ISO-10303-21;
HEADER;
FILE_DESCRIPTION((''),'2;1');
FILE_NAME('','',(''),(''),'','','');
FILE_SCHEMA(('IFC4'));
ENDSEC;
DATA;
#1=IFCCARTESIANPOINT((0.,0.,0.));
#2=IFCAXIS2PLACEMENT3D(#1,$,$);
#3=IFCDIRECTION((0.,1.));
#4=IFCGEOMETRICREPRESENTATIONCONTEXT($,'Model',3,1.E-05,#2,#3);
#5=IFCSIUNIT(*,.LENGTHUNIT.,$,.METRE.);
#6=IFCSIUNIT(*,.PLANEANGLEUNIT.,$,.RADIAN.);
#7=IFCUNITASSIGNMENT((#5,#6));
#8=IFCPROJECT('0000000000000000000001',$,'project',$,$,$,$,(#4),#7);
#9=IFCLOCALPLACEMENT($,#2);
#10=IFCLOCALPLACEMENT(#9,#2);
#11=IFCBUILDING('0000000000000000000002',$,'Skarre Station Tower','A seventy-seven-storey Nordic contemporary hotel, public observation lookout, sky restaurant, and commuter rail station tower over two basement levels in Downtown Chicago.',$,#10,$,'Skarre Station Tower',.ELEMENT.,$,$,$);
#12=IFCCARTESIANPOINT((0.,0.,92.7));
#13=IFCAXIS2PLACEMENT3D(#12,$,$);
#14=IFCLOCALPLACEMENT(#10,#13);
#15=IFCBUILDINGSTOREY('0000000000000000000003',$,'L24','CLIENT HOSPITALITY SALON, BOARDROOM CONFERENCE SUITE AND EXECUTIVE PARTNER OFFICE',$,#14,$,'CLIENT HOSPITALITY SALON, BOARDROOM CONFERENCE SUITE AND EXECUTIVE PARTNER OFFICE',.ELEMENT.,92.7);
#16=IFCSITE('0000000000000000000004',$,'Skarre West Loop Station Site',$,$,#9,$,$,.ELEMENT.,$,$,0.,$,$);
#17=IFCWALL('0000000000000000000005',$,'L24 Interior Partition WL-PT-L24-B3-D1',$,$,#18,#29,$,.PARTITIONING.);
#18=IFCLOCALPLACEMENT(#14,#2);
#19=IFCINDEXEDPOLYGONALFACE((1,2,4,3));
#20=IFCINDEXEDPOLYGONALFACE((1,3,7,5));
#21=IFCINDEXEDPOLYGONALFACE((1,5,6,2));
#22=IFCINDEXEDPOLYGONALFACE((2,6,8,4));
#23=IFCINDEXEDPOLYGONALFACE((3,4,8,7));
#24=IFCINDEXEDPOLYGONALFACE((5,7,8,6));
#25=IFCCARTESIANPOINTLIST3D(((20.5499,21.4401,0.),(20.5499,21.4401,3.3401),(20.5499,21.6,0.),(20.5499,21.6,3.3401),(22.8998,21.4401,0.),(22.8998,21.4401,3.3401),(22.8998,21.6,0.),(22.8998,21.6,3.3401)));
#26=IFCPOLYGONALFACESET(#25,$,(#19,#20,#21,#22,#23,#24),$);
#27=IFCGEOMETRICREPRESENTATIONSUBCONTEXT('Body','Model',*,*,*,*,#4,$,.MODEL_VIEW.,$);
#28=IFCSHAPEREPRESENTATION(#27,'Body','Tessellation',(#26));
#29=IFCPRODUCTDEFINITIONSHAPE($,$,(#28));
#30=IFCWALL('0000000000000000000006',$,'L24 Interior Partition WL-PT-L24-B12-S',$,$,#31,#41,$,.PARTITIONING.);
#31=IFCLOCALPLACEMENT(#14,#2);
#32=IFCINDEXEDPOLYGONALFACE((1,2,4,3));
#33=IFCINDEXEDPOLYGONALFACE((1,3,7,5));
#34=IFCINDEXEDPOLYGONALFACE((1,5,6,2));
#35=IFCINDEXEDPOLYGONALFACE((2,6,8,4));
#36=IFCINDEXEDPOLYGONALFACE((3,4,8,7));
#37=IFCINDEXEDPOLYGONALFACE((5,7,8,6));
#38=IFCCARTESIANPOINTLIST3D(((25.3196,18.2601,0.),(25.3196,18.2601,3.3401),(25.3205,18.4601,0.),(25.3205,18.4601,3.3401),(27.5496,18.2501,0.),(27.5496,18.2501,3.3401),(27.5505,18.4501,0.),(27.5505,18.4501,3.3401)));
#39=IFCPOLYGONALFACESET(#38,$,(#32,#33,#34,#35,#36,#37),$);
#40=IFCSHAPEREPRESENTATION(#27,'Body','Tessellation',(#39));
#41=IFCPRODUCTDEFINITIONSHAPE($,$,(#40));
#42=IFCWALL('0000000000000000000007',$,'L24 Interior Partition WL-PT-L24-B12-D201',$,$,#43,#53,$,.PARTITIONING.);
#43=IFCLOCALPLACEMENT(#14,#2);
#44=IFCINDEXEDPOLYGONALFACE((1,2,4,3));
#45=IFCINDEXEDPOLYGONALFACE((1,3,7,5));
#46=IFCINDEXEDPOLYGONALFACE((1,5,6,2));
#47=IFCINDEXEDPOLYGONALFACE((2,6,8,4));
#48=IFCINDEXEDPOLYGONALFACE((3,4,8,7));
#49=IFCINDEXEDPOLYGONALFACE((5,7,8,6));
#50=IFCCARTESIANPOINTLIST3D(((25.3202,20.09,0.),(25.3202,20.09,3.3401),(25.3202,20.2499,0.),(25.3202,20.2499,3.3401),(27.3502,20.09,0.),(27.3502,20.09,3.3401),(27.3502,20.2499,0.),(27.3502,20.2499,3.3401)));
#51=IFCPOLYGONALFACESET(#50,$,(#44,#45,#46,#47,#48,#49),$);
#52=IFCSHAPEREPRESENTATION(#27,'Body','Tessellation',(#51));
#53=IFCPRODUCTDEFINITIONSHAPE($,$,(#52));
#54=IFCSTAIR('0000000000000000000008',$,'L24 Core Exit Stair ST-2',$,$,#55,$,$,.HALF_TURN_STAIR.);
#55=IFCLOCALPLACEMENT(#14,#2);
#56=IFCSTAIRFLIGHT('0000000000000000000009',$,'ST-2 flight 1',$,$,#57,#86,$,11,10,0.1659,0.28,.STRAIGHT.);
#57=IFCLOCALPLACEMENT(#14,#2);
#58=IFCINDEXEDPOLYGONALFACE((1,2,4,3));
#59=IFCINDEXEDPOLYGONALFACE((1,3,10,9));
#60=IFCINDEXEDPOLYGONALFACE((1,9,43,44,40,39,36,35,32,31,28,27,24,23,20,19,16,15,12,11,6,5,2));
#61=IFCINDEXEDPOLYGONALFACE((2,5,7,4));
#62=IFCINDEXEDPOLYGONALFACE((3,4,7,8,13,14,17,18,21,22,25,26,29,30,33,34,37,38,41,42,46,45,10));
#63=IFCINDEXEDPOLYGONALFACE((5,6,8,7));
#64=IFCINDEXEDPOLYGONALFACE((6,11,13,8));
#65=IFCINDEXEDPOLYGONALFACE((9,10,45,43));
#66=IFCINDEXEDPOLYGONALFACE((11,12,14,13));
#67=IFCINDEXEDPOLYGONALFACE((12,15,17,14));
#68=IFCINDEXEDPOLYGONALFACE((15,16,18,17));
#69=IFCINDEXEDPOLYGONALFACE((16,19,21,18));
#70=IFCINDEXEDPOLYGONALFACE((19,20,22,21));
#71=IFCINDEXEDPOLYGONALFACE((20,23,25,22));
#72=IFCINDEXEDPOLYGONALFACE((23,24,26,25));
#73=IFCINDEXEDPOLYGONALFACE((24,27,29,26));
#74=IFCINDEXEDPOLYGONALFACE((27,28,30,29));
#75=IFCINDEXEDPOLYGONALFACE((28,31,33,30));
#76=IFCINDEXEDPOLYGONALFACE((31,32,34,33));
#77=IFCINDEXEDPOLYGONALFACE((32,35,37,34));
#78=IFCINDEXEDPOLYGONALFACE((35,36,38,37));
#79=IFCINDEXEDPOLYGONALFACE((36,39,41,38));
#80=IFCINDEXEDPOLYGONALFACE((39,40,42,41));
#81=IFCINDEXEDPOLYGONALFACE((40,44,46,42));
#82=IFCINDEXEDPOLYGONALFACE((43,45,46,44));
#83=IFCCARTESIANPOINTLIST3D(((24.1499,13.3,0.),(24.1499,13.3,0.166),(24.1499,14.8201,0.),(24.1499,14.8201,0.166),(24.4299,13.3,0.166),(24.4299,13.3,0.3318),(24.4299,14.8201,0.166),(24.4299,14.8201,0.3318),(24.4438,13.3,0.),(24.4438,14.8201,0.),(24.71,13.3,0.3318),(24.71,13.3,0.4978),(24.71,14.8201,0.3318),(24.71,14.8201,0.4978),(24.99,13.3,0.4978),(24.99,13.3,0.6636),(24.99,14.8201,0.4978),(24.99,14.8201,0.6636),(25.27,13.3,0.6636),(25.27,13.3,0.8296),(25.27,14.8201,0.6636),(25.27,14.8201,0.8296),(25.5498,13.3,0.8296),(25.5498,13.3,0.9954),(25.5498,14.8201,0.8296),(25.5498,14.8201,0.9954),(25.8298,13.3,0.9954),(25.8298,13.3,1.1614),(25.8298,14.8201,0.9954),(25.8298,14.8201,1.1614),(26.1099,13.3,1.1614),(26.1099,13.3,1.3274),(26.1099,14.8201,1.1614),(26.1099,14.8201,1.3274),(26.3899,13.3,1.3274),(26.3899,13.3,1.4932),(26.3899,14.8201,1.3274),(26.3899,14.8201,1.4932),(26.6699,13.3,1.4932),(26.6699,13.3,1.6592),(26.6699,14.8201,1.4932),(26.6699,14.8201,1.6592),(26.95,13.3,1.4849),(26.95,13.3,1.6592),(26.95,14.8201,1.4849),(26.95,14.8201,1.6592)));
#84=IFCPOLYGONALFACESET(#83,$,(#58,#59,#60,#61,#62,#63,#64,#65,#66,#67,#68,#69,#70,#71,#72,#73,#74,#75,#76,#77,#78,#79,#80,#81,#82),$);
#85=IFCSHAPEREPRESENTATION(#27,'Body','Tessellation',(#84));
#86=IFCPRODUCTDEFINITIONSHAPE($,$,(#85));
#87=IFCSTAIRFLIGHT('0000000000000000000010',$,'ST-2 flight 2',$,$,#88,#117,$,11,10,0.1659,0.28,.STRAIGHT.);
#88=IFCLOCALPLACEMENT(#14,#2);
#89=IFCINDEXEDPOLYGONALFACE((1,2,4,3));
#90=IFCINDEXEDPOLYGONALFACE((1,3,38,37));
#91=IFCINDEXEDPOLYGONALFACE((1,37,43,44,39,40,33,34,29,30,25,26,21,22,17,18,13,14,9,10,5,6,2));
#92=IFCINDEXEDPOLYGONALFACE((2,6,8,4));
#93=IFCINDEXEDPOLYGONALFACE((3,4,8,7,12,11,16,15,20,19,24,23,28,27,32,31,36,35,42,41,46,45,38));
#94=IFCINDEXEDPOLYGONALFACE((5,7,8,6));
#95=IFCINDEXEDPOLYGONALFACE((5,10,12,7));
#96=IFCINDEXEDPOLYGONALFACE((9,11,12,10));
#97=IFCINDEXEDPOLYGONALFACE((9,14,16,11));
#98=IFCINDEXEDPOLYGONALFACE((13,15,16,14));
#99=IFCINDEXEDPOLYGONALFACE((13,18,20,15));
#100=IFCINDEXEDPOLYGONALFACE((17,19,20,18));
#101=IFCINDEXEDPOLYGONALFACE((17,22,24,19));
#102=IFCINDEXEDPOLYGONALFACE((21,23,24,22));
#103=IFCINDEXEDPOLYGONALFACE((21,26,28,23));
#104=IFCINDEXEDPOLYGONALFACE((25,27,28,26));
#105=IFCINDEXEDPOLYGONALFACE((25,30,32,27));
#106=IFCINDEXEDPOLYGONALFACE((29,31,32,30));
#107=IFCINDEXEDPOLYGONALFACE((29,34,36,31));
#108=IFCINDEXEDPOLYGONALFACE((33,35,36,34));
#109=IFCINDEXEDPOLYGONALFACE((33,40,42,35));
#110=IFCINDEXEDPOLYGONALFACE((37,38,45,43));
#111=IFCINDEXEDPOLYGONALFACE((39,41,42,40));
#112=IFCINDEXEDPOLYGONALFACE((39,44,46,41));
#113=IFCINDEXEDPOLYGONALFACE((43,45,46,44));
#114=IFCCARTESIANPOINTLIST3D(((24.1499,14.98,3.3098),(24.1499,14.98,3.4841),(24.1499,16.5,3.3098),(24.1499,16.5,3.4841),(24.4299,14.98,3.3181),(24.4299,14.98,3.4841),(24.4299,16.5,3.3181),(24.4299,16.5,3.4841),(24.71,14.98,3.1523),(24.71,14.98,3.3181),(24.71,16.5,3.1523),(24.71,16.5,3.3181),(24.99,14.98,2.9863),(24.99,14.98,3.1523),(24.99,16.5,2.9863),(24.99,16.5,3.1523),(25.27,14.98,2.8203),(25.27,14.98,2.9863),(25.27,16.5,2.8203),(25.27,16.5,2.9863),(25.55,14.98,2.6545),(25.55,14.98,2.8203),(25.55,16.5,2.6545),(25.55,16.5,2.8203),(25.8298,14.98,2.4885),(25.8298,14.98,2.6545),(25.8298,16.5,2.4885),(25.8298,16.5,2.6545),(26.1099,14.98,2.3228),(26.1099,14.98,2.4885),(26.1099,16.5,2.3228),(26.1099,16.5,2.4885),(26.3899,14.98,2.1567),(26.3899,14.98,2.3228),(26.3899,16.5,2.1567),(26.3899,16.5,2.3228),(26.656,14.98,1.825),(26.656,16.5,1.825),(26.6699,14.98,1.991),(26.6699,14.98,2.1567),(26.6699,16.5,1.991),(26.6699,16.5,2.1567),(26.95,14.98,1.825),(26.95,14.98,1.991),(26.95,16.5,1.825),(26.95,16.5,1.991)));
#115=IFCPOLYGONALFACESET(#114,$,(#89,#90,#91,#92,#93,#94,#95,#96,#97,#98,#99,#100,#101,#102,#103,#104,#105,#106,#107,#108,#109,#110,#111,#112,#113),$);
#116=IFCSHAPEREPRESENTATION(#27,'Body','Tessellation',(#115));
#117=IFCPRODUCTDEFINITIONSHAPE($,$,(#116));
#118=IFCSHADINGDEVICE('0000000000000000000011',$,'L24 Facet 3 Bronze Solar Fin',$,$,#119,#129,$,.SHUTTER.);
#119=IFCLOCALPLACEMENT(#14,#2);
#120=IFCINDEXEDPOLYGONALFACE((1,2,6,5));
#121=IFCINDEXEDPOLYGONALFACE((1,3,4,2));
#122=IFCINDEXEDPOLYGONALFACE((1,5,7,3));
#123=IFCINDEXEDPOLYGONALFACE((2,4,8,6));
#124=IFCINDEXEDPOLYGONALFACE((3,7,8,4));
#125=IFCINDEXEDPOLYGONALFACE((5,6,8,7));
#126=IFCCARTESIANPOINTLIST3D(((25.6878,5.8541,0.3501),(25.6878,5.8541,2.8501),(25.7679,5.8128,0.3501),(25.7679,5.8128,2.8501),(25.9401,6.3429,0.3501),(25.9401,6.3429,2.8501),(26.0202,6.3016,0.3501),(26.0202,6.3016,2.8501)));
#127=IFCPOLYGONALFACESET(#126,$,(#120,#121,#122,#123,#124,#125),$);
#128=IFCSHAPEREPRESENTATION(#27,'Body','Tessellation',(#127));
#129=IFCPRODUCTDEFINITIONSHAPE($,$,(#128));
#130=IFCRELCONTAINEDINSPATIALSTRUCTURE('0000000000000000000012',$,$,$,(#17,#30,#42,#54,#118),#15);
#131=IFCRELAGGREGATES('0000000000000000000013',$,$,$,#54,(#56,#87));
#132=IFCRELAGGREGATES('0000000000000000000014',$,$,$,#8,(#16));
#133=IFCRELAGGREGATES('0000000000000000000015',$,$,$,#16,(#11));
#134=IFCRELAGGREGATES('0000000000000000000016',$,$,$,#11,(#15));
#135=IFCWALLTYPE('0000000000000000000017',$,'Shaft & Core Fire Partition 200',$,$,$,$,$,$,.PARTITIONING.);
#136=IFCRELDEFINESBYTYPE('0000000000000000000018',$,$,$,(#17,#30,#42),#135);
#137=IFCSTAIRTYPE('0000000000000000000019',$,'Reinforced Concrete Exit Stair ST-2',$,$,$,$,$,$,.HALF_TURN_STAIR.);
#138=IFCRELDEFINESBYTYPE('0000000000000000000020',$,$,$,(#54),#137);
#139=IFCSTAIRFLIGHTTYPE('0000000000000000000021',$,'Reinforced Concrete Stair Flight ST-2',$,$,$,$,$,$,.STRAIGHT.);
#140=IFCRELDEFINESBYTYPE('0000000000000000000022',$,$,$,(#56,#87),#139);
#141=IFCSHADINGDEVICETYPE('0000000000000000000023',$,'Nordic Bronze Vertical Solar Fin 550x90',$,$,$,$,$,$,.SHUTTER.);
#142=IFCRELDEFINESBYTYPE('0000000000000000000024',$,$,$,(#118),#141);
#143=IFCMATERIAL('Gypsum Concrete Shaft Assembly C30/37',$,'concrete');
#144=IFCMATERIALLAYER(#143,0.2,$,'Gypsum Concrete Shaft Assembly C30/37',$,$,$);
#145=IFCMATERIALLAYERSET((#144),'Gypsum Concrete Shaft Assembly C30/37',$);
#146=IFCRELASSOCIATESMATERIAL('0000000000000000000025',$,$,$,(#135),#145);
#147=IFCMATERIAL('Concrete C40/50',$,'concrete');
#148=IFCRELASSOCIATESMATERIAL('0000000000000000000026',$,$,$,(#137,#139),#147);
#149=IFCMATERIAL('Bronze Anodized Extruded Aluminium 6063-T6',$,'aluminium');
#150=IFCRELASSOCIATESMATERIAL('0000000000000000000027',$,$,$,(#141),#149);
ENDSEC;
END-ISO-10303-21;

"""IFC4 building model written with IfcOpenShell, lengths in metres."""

from ifc_helpers import new_model, si_unit, direction, frame, frame_2d, origin, origin_2d, place, context, subcontext, project, spatial, polyline, rectangle, outline, extrude, material, layer, layer_set, type_object, element, aggregate, save


model = new_model("IFC4")

# Units and contexts
model_context = context("Model", 3, precision=1e-05, world=origin(), true_north=direction((0.0, 1.0)))
body_context = subcontext(model_context, "Body", "Model", "MODEL_VIEW")
ifc_project = project(units=[si_unit("LENGTHUNIT", "METRE"), si_unit("PLANEANGLEUNIT", "RADIAN")], contexts=[model_context])

# Site, building, storey
site_placement = place(None, origin())
site = spatial("IfcSite", under=ifc_project, at=site_placement, Name="Skarre West Loop Station Site", CompositionType="ELEMENT", RefElevation=0.0)
building_placement = place(site_placement, origin())
building = spatial("IfcBuilding", under=site, at=building_placement, Name="Skarre Station Tower", Description="A seventy-seven-storey Nordic contemporary hotel, public observation lookout, sky restaurant, and commuter rail station tower over two basement levels in Downtown Chicago.", LongName="Skarre Station Tower", CompositionType="ELEMENT")
storey_placement = place(building_placement, frame((0.0, 0.0, 92.7)))
storey = spatial("IfcBuildingStorey", under=building, at=storey_placement, Name="L24", Description="CLIENT HOSPITALITY SALON, BOARDROOM CONFERENCE SUITE AND EXECUTIVE PARTNER OFFICE", LongName="CLIENT HOSPITALITY SALON, BOARDROOM CONFERENCE SUITE AND EXECUTIVE PARTNER OFFICE", CompositionType="ELEMENT", Elevation=92.7)

# Walls
ifc_material_1 = material(Name="Gypsum Concrete Shaft Assembly C30/37", Category="concrete")
ifc_layer_1 = layer(ifc_material_1, 0.2, Name="Gypsum Concrete Shaft Assembly C30/37")
ifc_layer_set_1 = layer_set([ifc_layer_1], Name="Gypsum Concrete Shaft Assembly C30/37")
wall_type_1 = type_object("IfcWallType", Name="Shaft & Core Fire Partition 200", PredefinedType="PARTITIONING", material=ifc_layer_set_1)
wall_1_placement = place(storey_placement, frame((20.55, 21.52, 0.0), z_axis=(0.0, 0.0, 1.0), x_axis=(1.0, 0.0, 0.0)))
element("IfcWall", 1, at=wall_1_placement, inside=storey, type_object=wall_type_1, Name="L24 Interior Partition WL-PT-L24-B3-D1", PredefinedType="PARTITIONING", context=body_context, shape_type="SweptSolid", body=[
    extrude(rectangle(XDim=2.3499, YDim=0.1599, at=frame_2d((1.1748, 0.0))), origin(), (0.0, 0.0, 1.0), 3.3401),
])
wall_2_placement = place(storey_placement, frame((25.3201, 18.3601, 0.0), z_axis=(0.0, 0.0, 1.0), x_axis=(0.99999, -0.004489, 0.0)))
element("IfcWall", 2, at=wall_2_placement, inside=storey, type_object=wall_type_1, Name="L24 Interior Partition WL-PT-L24-B12-S", PredefinedType="PARTITIONING", context=body_context, shape_type="SweptSolid", body=[
    extrude(rectangle(XDim=2.23, YDim=0.2, at=frame_2d((1.115, 0.0))), origin(), (0.0, 0.0, 1.0), 3.3401),
])
wall_3_placement = place(storey_placement, frame((25.3201, 20.1699, 0.0), z_axis=(0.0, 0.0, 1.0), x_axis=(1.0, 0.0, 0.0)))
element("IfcWall", 3, at=wall_3_placement, inside=storey, type_object=wall_type_1, Name="L24 Interior Partition WL-PT-L24-B12-D201", PredefinedType="PARTITIONING", context=body_context, shape_type="SweptSolid", body=[
    extrude(rectangle(XDim=2.03, YDim=0.1599, at=frame_2d((1.0151, 0.0))), origin(), (0.0, 0.0, 1.0), 3.3401),
])

# Stair, stair flights
ifc_material_2 = material(Name="Concrete C40/50", Category="concrete")
stair_type = type_object("IfcStairType", Name="Reinforced Concrete Exit Stair ST-2", PredefinedType="HALF_TURN_STAIR", material=ifc_material_2)
stair_placement = place(storey_placement, origin())
stair = element("IfcStair", 4, at=stair_placement, inside=storey, type_object=stair_type, Name="L24 Core Exit Stair ST-2", PredefinedType="HALF_TURN_STAIR")
stair_flight_type = type_object("IfcStairFlightType", Name="Reinforced Concrete Stair Flight ST-2", PredefinedType="STRAIGHT", material=ifc_material_2)
stair_flight_1_placement = place(storey_placement, frame((24.1499, 14.0601, 0.0), z_axis=(0.0, 0.0, 1.0), x_axis=(1.0, 0.0, 0.0)))
stair_flight_1 = element("IfcStairFlight", 5, at=stair_flight_1_placement, type_object=stair_flight_type, Name="ST-2 flight 1", NumberOfRisers=11, NumberOfTreads=10, PredefinedType="STRAIGHT", RiserHeight=0.1659, TreadLength=0.28, context=body_context, shape_type="SweptSolid", body=[
    extrude(outline(polyline([(0.0, 0.0), (0.0, 0.166), (0.28, 0.166), (0.28, 0.3318), (0.5601, 0.3318), (0.5601, 0.4978), (0.8401, 0.4978), (0.8401, 0.6636), (1.1201, 0.6636), (1.1201, 0.8296), (1.3999, 0.8296), (1.3999, 0.9954), (1.6799, 0.9954), (1.6799, 1.1614), (1.96, 1.1614), (1.96, 1.3274), (2.24, 1.3274), (2.24, 1.4932), (2.52, 1.4932), (2.52, 1.6592), (2.8, 1.6592), (2.8, 1.825), (2.8, 1.4849), (0.2939, 0.0), (0.0, 0.0)])), frame((0.0, 0.76, 0.0), z_axis=(0.0, -1.0, 0.0), x_axis=(1.0, 0.0, 0.0)), (0.0, 0.0, 1.0), 1.52),
])
stair_flight_2_placement = place(storey_placement, frame((26.95, 15.74, 1.825), z_axis=(0.0, 0.0, 1.0), x_axis=(-1.0, 0.0, 0.0)))
stair_flight_2 = element("IfcStairFlight", 6, at=stair_flight_2_placement, type_object=stair_flight_type, Name="ST-2 flight 2", NumberOfRisers=11, NumberOfTreads=10, PredefinedType="STRAIGHT", RiserHeight=0.1659, TreadLength=0.28, context=body_context, shape_type="SweptSolid", body=[
    extrude(outline(polyline([(0.0, 0.0), (0.0, 0.166), (0.28, 0.166), (0.28, 0.3318), (0.5601, 0.3318), (0.5601, 0.4978), (0.8401, 0.4978), (0.8401, 0.6636), (1.1201, 0.6636), (1.1201, 0.8296), (1.3999, 0.8296), (1.3999, 0.9954), (1.6799, 0.9954), (1.6799, 1.1614), (1.96, 1.1614), (1.96, 1.3274), (2.24, 1.3274), (2.24, 1.4932), (2.52, 1.4932), (2.52, 1.6592), (2.8, 1.6592), (2.8, 1.825), (2.8, 1.4849), (0.2939, 0.0), (0.0, 0.0)])), frame((0.0, 0.76, 0.0), z_axis=(0.0, -1.0, 0.0), x_axis=(1.0, 0.0, 0.0)), (0.0, 0.0, 1.0), 1.52),
])
aggregate(stair, [stair_flight_1, stair_flight_2])

# Shading device
ifc_material_3 = material(Name="Bronze Anodized Extruded Aluminium 6063-T6", Category="aluminium")
shading_device_type = type_object("IfcShadingDeviceType", Name="Nordic Bronze Vertical Solar Fin 550x90", PredefinedType="SHUTTER", material=ifc_material_3)
shading_device_placement = place(storey_placement, frame((25.854, 6.0779, 0.3501), z_axis=(0.0, 0.0, 1.0), x_axis=(-0.458619, -0.888633, 0.0)))
element("IfcShadingDevice", 7, at=shading_device_placement, inside=storey, type_object=shading_device_type, Name="L24 Facet 3 Bronze Solar Fin", PredefinedType="SHUTTER", context=body_context, shape_type="SweptSolid", body=[
    extrude(rectangle(XDim=0.55, YDim=0.0901, at=origin_2d()), origin(), (0.0, 0.0, 1.0), 2.5),
])

save(model, "model.ifc")
